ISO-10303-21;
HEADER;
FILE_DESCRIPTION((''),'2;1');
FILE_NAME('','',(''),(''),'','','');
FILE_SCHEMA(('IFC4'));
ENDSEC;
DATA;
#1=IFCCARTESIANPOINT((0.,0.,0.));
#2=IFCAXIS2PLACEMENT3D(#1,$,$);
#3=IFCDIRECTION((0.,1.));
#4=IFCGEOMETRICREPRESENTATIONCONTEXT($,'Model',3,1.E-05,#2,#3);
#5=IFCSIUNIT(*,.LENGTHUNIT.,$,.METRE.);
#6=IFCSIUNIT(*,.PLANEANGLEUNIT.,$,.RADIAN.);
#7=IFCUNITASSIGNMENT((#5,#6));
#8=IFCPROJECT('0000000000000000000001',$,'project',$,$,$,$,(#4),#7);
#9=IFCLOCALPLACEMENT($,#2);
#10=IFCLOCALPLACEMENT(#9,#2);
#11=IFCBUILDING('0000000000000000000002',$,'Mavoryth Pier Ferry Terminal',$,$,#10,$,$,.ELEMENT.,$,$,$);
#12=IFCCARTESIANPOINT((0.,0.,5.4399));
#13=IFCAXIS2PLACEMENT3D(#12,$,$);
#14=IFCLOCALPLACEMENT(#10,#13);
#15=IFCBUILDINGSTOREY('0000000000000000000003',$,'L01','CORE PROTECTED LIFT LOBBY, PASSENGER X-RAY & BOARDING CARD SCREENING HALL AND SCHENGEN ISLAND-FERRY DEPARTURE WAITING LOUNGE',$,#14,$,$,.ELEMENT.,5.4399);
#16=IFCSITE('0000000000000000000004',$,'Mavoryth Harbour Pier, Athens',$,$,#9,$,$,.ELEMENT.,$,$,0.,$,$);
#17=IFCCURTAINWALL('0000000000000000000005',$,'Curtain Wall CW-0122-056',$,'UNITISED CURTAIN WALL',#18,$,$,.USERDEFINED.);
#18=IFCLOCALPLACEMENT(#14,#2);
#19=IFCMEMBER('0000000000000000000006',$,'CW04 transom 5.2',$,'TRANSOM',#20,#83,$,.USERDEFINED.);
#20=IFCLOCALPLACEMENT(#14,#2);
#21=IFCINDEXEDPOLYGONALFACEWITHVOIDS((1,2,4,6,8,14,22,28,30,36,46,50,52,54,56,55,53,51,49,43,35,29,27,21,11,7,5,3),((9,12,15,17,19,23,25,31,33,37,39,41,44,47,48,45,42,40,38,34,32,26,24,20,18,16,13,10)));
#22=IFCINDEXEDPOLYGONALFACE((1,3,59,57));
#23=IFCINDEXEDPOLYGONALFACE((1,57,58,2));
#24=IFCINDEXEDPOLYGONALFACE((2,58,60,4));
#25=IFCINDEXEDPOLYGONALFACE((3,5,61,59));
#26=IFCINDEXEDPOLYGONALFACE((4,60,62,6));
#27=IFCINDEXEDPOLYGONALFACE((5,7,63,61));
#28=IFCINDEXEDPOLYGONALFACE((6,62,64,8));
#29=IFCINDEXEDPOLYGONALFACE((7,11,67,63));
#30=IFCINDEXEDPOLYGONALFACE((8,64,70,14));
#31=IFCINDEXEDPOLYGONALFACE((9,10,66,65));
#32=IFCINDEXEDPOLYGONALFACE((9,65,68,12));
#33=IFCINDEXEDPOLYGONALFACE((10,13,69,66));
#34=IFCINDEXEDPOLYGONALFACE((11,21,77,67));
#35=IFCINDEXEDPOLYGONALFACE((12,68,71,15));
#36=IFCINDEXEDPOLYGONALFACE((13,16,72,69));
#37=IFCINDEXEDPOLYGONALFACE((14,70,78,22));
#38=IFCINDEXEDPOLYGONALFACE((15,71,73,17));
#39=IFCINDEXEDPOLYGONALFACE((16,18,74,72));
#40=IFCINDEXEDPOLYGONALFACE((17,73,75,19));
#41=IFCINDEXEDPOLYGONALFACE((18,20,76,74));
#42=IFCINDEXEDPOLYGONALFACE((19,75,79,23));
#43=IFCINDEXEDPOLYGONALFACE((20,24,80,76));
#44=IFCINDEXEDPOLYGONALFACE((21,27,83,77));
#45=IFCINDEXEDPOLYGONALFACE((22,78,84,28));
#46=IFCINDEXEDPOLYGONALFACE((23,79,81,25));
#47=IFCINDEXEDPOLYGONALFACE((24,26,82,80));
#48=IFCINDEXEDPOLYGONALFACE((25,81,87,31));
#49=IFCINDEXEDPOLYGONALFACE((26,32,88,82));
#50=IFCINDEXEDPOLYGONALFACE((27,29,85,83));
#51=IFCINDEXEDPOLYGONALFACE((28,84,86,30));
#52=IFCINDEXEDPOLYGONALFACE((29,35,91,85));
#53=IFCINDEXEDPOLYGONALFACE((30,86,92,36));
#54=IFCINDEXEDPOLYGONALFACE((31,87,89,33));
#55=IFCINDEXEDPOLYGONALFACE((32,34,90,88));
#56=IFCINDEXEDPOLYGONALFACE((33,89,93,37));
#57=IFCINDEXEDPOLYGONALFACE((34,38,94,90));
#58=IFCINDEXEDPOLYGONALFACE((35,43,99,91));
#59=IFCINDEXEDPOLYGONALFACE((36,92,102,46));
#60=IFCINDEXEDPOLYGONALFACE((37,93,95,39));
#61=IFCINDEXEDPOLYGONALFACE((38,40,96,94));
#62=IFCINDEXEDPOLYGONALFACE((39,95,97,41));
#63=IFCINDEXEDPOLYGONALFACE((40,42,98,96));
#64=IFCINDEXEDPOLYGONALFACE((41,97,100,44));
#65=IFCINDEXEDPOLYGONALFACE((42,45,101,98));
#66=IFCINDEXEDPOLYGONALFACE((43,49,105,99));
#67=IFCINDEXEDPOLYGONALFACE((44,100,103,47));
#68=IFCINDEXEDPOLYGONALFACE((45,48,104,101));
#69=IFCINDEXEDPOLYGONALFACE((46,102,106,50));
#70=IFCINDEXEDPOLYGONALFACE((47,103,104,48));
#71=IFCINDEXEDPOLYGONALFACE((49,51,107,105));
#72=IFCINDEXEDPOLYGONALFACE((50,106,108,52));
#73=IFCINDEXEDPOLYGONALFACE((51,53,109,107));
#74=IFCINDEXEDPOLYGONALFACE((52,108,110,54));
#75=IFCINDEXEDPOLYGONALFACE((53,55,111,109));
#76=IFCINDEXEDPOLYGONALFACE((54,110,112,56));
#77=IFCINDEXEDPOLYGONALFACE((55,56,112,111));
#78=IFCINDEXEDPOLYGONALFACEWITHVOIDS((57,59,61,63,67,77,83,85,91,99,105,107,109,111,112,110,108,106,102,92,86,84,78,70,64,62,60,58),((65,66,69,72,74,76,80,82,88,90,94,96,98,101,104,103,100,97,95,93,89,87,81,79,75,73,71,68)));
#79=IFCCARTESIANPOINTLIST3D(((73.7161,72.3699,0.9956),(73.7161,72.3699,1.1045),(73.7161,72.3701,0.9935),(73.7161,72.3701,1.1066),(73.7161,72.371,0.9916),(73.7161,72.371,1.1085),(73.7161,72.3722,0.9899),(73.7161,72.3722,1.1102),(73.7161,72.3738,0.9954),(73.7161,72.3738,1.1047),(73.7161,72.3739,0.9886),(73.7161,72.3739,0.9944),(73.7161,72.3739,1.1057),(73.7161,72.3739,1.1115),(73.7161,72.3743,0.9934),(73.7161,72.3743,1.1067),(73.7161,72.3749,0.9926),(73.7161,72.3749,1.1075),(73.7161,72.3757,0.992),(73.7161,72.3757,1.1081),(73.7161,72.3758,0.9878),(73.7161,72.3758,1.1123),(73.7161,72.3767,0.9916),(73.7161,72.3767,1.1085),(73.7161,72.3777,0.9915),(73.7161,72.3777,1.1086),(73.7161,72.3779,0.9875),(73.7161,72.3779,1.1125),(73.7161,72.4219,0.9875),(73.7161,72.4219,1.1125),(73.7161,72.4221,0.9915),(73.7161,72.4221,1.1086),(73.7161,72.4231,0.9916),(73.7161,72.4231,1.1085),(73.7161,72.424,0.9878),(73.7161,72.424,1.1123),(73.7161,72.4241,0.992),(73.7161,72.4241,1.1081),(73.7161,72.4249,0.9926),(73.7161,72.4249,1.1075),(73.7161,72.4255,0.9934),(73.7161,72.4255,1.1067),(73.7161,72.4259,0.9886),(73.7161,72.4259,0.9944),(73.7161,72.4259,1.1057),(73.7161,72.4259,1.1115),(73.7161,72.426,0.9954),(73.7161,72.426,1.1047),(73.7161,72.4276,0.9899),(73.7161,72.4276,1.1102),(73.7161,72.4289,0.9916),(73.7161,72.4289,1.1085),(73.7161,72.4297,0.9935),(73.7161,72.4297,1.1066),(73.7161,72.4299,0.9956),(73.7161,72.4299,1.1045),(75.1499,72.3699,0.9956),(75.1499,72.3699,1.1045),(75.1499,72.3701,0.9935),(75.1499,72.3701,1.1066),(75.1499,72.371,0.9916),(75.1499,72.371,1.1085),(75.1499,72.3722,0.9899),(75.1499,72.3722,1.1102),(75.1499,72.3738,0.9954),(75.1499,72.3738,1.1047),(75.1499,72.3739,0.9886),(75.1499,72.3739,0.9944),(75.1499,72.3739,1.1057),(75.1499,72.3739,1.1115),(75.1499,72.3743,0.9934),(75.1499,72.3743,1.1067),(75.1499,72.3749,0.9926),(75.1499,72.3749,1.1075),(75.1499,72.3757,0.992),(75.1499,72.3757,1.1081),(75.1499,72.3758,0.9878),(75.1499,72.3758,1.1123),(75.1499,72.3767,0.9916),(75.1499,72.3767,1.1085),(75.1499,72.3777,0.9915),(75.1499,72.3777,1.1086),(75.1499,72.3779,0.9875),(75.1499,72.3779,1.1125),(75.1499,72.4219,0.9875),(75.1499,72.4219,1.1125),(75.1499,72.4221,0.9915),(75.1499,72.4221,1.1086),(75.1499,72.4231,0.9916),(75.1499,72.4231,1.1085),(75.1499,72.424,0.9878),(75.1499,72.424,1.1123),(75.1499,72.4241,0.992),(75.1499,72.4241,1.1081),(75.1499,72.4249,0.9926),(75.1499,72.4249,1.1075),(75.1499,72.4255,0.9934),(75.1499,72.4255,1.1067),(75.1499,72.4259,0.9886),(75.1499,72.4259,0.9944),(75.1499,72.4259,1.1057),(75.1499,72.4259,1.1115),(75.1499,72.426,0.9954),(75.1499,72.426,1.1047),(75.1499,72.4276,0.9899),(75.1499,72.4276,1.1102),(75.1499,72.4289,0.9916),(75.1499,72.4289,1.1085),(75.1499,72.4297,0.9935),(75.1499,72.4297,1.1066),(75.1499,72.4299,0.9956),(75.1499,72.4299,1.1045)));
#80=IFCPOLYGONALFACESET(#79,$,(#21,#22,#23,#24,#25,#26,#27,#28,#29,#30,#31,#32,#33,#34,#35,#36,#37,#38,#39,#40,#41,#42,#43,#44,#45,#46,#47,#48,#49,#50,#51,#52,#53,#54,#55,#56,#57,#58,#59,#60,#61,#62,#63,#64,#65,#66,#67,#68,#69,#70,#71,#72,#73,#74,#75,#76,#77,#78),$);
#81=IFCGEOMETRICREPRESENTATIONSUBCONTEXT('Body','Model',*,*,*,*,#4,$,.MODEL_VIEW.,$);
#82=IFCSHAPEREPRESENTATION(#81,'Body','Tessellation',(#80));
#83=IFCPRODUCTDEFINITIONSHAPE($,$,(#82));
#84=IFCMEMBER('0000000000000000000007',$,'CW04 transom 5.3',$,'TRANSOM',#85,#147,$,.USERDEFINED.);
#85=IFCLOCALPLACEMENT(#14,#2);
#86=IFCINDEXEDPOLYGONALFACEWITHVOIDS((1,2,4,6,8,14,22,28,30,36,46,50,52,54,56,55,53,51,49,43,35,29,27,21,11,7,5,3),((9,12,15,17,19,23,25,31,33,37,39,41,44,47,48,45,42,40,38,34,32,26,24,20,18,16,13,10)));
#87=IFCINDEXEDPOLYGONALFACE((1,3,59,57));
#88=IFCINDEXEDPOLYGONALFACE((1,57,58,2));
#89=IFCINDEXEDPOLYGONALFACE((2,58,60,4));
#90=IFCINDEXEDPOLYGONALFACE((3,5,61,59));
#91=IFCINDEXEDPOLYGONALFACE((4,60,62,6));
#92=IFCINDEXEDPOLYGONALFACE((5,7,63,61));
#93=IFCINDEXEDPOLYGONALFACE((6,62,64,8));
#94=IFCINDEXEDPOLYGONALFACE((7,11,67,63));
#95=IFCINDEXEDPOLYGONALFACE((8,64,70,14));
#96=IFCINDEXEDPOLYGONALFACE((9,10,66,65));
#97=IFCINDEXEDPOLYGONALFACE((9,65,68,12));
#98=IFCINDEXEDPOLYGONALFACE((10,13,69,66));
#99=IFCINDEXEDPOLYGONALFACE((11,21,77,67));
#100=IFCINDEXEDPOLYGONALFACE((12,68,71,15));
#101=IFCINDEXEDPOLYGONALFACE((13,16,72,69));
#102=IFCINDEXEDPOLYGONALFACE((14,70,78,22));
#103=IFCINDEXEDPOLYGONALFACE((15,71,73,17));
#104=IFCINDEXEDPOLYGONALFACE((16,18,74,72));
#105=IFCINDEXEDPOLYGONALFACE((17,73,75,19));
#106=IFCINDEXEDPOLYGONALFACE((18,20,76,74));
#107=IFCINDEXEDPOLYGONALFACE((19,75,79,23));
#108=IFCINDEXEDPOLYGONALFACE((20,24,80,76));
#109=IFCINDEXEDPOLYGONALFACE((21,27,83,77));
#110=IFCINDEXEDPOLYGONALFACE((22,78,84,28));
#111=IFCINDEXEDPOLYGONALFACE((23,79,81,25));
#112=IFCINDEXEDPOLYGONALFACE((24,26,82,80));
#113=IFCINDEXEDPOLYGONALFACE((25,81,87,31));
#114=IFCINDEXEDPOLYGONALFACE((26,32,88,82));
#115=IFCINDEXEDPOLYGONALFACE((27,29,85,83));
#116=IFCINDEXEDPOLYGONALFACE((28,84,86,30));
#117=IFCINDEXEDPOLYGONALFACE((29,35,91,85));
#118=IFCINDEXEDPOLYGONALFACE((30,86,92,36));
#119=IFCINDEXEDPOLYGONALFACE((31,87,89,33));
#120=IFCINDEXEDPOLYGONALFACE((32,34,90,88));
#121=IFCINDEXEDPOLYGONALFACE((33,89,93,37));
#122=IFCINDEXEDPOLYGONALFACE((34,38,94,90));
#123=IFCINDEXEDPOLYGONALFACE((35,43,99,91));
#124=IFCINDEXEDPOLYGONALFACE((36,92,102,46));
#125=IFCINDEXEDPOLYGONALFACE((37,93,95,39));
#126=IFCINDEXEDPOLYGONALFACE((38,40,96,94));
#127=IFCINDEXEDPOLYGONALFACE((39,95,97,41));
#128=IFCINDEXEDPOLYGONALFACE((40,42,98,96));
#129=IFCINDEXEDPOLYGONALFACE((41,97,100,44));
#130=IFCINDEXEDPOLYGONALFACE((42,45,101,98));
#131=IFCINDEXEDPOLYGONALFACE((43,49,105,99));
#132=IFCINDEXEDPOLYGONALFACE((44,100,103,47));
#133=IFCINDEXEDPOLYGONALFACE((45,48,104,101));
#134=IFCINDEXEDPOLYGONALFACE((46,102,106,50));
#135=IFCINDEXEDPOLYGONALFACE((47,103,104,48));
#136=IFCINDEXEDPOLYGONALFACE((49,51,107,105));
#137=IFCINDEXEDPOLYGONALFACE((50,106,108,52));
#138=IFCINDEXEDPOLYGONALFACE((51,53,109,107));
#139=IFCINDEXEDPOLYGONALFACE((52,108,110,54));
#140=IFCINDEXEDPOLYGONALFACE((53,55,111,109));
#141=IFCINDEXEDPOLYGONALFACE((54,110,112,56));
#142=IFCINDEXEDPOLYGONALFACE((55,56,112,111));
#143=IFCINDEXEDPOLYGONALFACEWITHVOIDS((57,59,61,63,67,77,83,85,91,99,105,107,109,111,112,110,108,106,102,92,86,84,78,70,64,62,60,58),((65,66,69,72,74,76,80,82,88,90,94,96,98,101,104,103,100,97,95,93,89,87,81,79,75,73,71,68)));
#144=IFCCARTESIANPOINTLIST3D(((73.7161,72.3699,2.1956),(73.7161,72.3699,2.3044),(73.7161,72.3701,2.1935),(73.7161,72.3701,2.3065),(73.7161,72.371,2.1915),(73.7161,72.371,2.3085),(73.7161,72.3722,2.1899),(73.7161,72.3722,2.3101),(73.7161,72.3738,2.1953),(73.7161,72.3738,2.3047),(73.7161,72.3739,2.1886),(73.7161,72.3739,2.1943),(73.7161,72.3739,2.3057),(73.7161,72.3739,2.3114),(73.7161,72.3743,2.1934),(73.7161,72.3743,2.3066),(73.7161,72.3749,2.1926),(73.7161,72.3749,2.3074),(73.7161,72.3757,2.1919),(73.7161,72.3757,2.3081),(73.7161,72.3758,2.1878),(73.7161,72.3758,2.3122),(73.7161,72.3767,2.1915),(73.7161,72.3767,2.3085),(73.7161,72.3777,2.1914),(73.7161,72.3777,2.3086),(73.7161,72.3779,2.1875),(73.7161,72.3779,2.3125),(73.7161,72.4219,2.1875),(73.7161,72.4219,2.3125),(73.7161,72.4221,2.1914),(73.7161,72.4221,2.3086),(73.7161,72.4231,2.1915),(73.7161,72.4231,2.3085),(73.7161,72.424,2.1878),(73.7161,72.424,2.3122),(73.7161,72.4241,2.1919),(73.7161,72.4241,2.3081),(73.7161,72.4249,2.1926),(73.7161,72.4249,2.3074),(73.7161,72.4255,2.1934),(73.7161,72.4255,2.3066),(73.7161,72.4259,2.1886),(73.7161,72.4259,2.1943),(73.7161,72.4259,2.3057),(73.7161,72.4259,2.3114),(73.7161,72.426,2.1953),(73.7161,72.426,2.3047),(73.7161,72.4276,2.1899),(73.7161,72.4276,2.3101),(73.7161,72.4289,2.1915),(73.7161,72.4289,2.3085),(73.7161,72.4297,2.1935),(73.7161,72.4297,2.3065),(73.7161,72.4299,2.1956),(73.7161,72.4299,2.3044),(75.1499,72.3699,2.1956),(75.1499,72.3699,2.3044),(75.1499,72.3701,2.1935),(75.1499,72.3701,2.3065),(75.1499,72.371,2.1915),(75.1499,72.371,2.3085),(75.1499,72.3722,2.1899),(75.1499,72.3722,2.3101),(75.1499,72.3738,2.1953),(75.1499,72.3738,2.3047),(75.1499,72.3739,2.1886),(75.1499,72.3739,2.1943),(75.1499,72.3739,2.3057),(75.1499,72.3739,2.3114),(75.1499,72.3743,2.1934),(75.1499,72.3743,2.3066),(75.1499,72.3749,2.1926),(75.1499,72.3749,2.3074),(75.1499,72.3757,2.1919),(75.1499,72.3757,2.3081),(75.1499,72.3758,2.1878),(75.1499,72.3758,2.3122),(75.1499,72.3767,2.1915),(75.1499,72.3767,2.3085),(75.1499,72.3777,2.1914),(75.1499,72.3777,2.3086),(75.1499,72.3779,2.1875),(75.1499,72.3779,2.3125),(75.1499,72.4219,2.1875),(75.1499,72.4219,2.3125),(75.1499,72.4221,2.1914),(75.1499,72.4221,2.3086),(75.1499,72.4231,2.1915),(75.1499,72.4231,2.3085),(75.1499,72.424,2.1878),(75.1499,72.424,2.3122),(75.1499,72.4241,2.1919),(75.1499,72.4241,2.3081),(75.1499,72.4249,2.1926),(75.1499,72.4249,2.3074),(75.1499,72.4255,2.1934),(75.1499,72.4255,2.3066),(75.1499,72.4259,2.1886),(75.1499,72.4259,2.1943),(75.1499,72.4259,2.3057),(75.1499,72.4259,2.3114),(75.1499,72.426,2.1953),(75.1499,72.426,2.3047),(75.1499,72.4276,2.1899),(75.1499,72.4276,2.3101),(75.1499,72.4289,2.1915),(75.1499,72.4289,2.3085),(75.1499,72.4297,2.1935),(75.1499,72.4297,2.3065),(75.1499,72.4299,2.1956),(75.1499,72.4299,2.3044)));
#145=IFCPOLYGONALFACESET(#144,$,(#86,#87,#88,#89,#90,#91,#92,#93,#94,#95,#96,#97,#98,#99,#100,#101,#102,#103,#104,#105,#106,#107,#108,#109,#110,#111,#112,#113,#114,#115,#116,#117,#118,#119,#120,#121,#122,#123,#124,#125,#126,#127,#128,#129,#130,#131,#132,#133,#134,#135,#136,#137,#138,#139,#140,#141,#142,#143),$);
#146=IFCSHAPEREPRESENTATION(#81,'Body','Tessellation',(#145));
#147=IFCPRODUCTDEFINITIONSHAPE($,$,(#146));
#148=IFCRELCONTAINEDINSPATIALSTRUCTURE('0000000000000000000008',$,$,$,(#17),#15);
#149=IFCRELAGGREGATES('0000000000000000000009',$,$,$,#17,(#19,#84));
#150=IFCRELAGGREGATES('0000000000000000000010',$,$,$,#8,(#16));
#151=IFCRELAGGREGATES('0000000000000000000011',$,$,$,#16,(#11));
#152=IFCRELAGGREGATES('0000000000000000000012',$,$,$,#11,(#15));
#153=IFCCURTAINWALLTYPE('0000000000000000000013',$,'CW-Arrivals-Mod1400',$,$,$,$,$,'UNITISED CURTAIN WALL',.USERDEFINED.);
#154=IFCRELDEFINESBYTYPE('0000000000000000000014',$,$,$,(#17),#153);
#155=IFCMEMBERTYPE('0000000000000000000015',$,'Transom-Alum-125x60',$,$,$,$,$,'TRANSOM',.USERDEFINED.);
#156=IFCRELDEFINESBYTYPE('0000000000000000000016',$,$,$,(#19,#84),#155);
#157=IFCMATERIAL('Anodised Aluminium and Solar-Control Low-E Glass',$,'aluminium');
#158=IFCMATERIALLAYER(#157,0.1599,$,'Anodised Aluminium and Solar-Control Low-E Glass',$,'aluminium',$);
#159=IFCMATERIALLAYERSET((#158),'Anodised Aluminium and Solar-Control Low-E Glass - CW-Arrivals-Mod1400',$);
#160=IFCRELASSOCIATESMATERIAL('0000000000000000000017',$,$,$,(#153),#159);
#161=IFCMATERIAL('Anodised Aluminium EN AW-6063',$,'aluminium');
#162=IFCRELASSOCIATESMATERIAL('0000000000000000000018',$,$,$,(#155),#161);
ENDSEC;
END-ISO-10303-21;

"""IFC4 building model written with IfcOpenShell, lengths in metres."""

from ifc_helpers import new_model, si_unit, direction, frame, origin, origin_2d, place, context, subcontext, project, spatial, hollow_rectangle, extrude, material, layer, layer_set, material_profile, profile_set, type_object, element, aggregate, save


model = new_model("IFC4")

# Units and contexts
model_context = context("Model", 3, precision=1e-05, world=origin(), true_north=direction((0.0, 1.0)))
body_context = subcontext(model_context, "Body", "Model", "MODEL_VIEW")
ifc_project = project(units=[si_unit("LENGTHUNIT", "METRE"), si_unit("PLANEANGLEUNIT", "RADIAN")], contexts=[model_context])

# Site, building, storey
site_placement = place(None, origin())
site = spatial("IfcSite", under=ifc_project, at=site_placement, Name="Mavoryth Harbour Pier, Athens", CompositionType="ELEMENT", RefElevation=0.0)
building_placement = place(site_placement, origin())
building = spatial("IfcBuilding", under=site, at=building_placement, Name="Mavoryth Pier Ferry Terminal", CompositionType="ELEMENT")
storey_placement = place(building_placement, frame((0.0, 0.0, 5.4399)))
storey = spatial("IfcBuildingStorey", under=building, at=storey_placement, Name="L01", Description="CORE PROTECTED LIFT LOBBY, PASSENGER X-RAY & BOARDING CARD SCREENING HALL AND SCHENGEN ISLAND-FERRY DEPARTURE WAITING LOUNGE", CompositionType="ELEMENT", Elevation=5.4399)

# Curtain wall, members
ifc_material_1 = material(Name="Anodised Aluminium and Solar-Control Low-E Glass", Category="aluminium")
ifc_layer_1 = layer(ifc_material_1, 0.1599, Name="Anodised Aluminium and Solar-Control Low-E Glass", Category="aluminium")
ifc_layer_set_1 = layer_set([ifc_layer_1], Name="Anodised Aluminium and Solar-Control Low-E Glass - CW-Arrivals-Mod1400")
curtain_wall_type = type_object("IfcCurtainWallType", Name="CW-Arrivals-Mod1400", ElementType="UNITISED CURTAIN WALL", PredefinedType="USERDEFINED", material=ifc_layer_set_1)
curtain_wall_placement = place(storey_placement, origin())
curtain_wall = element("IfcCurtainWall", 1, at=curtain_wall_placement, inside=storey, type_object=curtain_wall_type, Name="Curtain Wall CW-0122-056", ObjectType="UNITISED CURTAIN WALL", PredefinedType="USERDEFINED")
ifc_material_2 = material(Name="Anodised Aluminium EN AW-6063", Category="aluminium")
ifc_material_profile_1 = material_profile(ifc_material_2, hollow_rectangle(XDim=0.0601, YDim=0.125, WallThickness=0.0039, InnerFilletRadius=0.0039, OuterFilletRadius=0.0081, at=origin_2d()), Name="AL-TRAN 125x60x4", Category="aluminium")
ifc_profile_set_1 = profile_set([ifc_material_profile_1], Name="Anodised Aluminium EN AW-6063 - AL-TRAN 125x60x4")
member_type_1 = type_object("IfcMemberType", Name="Transom-Alum-125x60", ElementType="TRANSOM", PredefinedType="USERDEFINED", material=ifc_profile_set_1)
member_1_placement = place(storey_placement, frame((73.7161, 72.3999, 1.05), z_axis=(1.0, 0.0, 0.0), x_axis=(0.0, 1.0, 0.0)))
member_1 = element("IfcMember", 2, at=member_1_placement, type_object=member_type_1, Name="CW04 transom 5.2", ObjectType="TRANSOM", PredefinedType="USERDEFINED", context=body_context, shape_type="SweptSolid", body=[
    extrude(hollow_rectangle(XDim=0.0601, YDim=0.125, WallThickness=0.0039, InnerFilletRadius=0.0039, OuterFilletRadius=0.0081, at=origin_2d()), origin(), (0.0, 0.0, 1.0), 1.4338),
])
member_2_placement = place(storey_placement, frame((73.7161, 72.3999, 2.25), z_axis=(1.0, 0.0, 0.0), x_axis=(0.0, 1.0, 0.0)))
member_2 = element("IfcMember", 3, at=member_2_placement, type_object=member_type_1, Name="CW04 transom 5.3", ObjectType="TRANSOM", PredefinedType="USERDEFINED", context=body_context, shape_type="SweptSolid", body=[
    extrude(hollow_rectangle(XDim=0.0601, YDim=0.125, WallThickness=0.0039, InnerFilletRadius=0.0039, OuterFilletRadius=0.0081, at=origin_2d()), origin(), (0.0, 0.0, 1.0), 1.4338),
])
aggregate(curtain_wall, [member_1, member_2])

save(model, "model.ifc")
